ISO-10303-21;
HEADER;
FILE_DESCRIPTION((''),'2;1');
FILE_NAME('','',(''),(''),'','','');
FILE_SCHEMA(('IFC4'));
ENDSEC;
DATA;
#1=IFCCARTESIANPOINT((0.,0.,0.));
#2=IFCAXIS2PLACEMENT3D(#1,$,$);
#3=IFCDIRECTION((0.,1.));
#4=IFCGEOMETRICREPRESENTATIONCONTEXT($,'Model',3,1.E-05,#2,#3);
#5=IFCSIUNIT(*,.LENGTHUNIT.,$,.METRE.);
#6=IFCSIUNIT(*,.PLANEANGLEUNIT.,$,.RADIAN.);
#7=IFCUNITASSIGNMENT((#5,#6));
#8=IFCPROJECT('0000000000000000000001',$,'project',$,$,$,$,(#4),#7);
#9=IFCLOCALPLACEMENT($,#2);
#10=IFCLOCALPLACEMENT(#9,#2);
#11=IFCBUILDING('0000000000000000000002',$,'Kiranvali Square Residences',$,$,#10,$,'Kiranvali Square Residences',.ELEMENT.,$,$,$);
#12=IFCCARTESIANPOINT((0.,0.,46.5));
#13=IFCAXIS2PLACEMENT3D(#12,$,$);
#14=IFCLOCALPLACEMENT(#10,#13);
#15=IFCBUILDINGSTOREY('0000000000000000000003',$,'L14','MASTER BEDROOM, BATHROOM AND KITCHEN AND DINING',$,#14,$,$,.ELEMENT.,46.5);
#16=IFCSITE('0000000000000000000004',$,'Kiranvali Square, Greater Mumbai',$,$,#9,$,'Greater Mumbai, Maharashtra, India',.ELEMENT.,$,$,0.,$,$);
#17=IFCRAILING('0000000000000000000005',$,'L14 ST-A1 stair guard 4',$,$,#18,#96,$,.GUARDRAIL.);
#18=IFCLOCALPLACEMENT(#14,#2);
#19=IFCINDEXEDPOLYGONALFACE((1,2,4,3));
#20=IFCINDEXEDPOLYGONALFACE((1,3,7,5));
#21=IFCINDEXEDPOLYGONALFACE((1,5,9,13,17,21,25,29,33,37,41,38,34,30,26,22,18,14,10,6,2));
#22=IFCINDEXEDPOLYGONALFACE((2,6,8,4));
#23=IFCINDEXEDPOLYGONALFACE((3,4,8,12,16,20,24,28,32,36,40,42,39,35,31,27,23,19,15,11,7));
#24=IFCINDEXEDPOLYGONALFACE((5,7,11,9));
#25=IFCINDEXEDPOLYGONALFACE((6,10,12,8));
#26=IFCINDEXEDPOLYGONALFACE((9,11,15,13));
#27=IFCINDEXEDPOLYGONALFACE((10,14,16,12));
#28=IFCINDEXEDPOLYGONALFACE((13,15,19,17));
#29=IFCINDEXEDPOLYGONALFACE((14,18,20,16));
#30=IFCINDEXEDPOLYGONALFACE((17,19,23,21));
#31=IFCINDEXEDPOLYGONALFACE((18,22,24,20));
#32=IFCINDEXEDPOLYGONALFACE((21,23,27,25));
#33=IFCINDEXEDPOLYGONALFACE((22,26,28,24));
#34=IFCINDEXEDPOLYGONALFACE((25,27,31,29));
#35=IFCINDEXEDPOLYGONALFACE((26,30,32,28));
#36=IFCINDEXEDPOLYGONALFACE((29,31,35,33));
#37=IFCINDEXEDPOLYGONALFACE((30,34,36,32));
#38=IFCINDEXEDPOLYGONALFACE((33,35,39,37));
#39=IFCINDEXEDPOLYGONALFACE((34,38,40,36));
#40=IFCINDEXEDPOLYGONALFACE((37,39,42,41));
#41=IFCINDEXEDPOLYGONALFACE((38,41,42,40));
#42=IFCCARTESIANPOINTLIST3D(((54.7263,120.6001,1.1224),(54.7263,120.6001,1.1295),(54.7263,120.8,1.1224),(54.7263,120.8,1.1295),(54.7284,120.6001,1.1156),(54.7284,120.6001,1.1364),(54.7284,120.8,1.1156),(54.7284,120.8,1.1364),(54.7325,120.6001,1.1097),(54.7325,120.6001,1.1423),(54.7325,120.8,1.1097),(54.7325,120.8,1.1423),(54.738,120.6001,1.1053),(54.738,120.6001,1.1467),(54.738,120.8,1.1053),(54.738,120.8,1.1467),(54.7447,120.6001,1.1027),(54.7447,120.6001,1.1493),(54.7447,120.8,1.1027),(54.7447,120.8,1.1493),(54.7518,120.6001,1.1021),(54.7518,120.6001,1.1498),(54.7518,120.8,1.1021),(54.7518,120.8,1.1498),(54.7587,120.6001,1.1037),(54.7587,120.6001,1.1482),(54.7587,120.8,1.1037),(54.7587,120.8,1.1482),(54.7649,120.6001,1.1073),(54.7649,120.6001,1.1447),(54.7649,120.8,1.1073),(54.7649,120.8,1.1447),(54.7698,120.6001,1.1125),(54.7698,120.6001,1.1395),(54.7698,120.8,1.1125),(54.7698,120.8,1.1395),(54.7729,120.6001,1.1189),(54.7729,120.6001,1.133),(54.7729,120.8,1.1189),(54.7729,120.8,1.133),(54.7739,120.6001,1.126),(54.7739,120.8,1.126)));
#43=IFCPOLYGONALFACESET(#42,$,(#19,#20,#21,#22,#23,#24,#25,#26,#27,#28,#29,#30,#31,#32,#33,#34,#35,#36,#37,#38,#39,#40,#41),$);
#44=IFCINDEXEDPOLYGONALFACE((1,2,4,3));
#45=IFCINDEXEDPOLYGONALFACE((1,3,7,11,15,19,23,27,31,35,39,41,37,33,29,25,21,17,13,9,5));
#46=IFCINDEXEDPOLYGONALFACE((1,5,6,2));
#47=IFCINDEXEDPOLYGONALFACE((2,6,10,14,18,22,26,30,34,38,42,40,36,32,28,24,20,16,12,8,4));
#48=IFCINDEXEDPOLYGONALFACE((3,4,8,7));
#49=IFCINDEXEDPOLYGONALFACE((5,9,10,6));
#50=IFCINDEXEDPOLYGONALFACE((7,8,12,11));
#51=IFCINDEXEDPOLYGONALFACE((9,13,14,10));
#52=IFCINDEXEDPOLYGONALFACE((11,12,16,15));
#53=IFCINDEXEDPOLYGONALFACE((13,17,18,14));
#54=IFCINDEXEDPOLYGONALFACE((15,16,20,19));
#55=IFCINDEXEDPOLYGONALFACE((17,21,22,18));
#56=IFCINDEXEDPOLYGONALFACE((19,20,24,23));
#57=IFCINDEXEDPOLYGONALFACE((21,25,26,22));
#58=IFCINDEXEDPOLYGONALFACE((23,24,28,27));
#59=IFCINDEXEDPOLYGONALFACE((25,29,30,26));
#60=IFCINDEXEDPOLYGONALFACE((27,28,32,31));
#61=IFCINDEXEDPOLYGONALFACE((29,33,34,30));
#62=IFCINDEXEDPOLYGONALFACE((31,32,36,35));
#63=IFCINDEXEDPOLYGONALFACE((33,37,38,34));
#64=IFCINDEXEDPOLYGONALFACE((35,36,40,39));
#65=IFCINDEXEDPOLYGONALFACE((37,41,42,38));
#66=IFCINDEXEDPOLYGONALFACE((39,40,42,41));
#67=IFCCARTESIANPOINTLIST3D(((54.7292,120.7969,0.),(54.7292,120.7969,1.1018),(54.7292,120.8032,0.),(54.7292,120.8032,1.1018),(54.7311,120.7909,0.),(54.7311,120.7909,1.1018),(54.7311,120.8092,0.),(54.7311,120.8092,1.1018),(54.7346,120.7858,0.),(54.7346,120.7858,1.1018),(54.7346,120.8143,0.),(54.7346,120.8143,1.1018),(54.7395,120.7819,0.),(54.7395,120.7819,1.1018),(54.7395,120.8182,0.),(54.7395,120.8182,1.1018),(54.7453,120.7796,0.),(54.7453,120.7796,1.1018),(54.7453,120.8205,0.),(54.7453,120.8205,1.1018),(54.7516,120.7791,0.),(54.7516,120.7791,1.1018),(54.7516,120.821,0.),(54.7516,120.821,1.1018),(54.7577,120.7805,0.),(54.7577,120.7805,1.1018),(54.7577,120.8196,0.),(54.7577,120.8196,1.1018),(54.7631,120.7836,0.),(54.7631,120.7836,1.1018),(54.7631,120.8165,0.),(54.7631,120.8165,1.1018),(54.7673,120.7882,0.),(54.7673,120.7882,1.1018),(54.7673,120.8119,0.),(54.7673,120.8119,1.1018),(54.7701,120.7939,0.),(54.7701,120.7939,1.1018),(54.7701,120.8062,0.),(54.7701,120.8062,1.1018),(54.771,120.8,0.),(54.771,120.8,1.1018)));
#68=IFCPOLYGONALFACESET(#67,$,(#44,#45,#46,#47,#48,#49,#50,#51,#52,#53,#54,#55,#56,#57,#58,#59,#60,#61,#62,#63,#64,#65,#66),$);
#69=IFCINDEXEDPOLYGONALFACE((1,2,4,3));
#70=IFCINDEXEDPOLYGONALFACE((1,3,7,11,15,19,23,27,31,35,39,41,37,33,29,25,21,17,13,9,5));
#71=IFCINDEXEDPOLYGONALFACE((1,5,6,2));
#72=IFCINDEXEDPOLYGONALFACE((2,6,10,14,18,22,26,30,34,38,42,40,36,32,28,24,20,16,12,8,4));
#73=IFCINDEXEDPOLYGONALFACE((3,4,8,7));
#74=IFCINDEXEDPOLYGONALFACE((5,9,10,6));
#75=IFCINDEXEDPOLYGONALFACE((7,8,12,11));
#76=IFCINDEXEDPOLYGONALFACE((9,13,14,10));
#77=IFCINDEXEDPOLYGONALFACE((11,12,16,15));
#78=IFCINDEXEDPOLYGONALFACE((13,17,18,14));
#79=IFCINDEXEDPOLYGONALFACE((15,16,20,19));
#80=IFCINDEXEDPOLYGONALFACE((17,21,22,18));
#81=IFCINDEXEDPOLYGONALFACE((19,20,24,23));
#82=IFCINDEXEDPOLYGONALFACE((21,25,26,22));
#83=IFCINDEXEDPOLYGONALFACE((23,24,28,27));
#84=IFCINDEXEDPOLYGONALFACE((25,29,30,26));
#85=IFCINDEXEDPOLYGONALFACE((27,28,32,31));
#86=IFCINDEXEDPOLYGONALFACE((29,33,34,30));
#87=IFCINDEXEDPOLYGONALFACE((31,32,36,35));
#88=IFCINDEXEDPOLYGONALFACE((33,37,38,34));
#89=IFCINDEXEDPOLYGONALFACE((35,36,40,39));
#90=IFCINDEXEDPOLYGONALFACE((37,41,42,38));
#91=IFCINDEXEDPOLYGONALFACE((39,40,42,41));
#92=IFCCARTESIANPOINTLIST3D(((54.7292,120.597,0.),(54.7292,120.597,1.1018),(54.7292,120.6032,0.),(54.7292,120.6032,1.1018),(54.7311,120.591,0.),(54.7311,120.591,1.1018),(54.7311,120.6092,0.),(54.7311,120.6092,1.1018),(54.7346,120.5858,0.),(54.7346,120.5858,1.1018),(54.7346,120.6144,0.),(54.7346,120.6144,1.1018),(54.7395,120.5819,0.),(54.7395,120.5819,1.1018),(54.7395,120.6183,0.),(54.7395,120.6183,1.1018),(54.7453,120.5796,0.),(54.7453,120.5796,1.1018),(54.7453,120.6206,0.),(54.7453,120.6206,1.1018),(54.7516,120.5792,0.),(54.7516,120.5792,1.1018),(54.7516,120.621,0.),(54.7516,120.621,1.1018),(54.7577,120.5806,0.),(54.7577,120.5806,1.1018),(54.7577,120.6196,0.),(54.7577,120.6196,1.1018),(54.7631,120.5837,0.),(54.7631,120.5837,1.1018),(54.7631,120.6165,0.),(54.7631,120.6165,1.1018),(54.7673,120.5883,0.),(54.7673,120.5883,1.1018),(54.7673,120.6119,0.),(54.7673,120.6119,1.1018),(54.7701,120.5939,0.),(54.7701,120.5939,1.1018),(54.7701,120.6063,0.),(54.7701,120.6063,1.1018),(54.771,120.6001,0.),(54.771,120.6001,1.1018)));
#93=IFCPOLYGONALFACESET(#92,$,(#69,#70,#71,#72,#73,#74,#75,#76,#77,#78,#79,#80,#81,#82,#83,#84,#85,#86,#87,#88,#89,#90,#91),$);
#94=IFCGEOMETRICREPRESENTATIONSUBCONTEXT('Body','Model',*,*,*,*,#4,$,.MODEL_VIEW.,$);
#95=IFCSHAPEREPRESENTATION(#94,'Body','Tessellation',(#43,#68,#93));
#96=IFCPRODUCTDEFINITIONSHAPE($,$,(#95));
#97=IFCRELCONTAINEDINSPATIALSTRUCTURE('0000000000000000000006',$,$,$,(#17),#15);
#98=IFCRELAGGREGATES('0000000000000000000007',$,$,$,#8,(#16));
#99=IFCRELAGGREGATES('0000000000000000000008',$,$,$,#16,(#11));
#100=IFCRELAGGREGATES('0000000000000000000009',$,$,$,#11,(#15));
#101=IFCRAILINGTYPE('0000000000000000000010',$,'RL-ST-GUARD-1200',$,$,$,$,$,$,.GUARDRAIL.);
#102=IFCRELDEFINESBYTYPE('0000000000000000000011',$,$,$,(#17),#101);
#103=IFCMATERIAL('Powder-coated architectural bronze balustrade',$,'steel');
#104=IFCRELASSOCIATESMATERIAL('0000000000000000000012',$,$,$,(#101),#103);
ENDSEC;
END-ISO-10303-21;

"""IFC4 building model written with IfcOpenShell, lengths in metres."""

from ifc_helpers import new_model, si_unit, direction, frame, origin, origin_2d, place, context, subcontext, project, spatial, circle, extrude, material, type_object, element, save


model = new_model("IFC4")

# Units and contexts
model_context = context("Model", 3, precision=1e-05, world=origin(), true_north=direction((0.0, 1.0)))
body_context = subcontext(model_context, "Body", "Model", "MODEL_VIEW")
ifc_project = project(units=[si_unit("LENGTHUNIT", "METRE"), si_unit("PLANEANGLEUNIT", "RADIAN")], contexts=[model_context])

# Site, building, storey
site_placement = place(None, origin())
site = spatial("IfcSite", under=ifc_project, at=site_placement, Name="Kiranvali Square, Greater Mumbai", LongName="Greater Mumbai, Maharashtra, India", CompositionType="ELEMENT", RefElevation=0.0)
building_placement = place(site_placement, origin())
building = spatial("IfcBuilding", under=site, at=building_placement, Name="Kiranvali Square Residences", LongName="Kiranvali Square Residences", CompositionType="ELEMENT")
storey_placement = place(building_placement, frame((0.0, 0.0, 46.5)))
storey = spatial("IfcBuildingStorey", under=building, at=storey_placement, Name="L14", Description="MASTER BEDROOM, BATHROOM AND KITCHEN AND DINING", CompositionType="ELEMENT", Elevation=46.5)

# Railing
ifc_material_1 = material(Name="Powder-coated architectural bronze balustrade", Category="steel")
railing_type_1 = type_object("IfcRailingType", Name="RL-ST-GUARD-1200", PredefinedType="GUARDRAIL", material=ifc_material_1)
railing_1_placement = place(storey_placement, frame((54.75, 120.8, 0.0)))
element("IfcRailing", 1, at=railing_1_placement, inside=storey, type_object=railing_type_1, Name="L14 ST-A1 stair guard 4", PredefinedType="GUARDRAIL", context=body_context, shape_type="SweptSolid", body=[
    extrude(circle(Radius=0.0239, at=origin_2d()), frame((0.0, 0.0, 1.126), z_axis=(0.0, -1.0, 0.0), x_axis=(1.0, 0.0, 0.0)), (0.0, 0.0, 1.0), 0.2),
    extrude(circle(Radius=0.021, at=origin_2d()), origin(), (0.0, 0.0, 1.0), 1.1018),
    extrude(circle(Radius=0.021, at=origin_2d()), frame((0.0, -0.2, 0.0)), (0.0, 0.0, 1.0), 1.1018),
])

save(model, "model.ifc")
